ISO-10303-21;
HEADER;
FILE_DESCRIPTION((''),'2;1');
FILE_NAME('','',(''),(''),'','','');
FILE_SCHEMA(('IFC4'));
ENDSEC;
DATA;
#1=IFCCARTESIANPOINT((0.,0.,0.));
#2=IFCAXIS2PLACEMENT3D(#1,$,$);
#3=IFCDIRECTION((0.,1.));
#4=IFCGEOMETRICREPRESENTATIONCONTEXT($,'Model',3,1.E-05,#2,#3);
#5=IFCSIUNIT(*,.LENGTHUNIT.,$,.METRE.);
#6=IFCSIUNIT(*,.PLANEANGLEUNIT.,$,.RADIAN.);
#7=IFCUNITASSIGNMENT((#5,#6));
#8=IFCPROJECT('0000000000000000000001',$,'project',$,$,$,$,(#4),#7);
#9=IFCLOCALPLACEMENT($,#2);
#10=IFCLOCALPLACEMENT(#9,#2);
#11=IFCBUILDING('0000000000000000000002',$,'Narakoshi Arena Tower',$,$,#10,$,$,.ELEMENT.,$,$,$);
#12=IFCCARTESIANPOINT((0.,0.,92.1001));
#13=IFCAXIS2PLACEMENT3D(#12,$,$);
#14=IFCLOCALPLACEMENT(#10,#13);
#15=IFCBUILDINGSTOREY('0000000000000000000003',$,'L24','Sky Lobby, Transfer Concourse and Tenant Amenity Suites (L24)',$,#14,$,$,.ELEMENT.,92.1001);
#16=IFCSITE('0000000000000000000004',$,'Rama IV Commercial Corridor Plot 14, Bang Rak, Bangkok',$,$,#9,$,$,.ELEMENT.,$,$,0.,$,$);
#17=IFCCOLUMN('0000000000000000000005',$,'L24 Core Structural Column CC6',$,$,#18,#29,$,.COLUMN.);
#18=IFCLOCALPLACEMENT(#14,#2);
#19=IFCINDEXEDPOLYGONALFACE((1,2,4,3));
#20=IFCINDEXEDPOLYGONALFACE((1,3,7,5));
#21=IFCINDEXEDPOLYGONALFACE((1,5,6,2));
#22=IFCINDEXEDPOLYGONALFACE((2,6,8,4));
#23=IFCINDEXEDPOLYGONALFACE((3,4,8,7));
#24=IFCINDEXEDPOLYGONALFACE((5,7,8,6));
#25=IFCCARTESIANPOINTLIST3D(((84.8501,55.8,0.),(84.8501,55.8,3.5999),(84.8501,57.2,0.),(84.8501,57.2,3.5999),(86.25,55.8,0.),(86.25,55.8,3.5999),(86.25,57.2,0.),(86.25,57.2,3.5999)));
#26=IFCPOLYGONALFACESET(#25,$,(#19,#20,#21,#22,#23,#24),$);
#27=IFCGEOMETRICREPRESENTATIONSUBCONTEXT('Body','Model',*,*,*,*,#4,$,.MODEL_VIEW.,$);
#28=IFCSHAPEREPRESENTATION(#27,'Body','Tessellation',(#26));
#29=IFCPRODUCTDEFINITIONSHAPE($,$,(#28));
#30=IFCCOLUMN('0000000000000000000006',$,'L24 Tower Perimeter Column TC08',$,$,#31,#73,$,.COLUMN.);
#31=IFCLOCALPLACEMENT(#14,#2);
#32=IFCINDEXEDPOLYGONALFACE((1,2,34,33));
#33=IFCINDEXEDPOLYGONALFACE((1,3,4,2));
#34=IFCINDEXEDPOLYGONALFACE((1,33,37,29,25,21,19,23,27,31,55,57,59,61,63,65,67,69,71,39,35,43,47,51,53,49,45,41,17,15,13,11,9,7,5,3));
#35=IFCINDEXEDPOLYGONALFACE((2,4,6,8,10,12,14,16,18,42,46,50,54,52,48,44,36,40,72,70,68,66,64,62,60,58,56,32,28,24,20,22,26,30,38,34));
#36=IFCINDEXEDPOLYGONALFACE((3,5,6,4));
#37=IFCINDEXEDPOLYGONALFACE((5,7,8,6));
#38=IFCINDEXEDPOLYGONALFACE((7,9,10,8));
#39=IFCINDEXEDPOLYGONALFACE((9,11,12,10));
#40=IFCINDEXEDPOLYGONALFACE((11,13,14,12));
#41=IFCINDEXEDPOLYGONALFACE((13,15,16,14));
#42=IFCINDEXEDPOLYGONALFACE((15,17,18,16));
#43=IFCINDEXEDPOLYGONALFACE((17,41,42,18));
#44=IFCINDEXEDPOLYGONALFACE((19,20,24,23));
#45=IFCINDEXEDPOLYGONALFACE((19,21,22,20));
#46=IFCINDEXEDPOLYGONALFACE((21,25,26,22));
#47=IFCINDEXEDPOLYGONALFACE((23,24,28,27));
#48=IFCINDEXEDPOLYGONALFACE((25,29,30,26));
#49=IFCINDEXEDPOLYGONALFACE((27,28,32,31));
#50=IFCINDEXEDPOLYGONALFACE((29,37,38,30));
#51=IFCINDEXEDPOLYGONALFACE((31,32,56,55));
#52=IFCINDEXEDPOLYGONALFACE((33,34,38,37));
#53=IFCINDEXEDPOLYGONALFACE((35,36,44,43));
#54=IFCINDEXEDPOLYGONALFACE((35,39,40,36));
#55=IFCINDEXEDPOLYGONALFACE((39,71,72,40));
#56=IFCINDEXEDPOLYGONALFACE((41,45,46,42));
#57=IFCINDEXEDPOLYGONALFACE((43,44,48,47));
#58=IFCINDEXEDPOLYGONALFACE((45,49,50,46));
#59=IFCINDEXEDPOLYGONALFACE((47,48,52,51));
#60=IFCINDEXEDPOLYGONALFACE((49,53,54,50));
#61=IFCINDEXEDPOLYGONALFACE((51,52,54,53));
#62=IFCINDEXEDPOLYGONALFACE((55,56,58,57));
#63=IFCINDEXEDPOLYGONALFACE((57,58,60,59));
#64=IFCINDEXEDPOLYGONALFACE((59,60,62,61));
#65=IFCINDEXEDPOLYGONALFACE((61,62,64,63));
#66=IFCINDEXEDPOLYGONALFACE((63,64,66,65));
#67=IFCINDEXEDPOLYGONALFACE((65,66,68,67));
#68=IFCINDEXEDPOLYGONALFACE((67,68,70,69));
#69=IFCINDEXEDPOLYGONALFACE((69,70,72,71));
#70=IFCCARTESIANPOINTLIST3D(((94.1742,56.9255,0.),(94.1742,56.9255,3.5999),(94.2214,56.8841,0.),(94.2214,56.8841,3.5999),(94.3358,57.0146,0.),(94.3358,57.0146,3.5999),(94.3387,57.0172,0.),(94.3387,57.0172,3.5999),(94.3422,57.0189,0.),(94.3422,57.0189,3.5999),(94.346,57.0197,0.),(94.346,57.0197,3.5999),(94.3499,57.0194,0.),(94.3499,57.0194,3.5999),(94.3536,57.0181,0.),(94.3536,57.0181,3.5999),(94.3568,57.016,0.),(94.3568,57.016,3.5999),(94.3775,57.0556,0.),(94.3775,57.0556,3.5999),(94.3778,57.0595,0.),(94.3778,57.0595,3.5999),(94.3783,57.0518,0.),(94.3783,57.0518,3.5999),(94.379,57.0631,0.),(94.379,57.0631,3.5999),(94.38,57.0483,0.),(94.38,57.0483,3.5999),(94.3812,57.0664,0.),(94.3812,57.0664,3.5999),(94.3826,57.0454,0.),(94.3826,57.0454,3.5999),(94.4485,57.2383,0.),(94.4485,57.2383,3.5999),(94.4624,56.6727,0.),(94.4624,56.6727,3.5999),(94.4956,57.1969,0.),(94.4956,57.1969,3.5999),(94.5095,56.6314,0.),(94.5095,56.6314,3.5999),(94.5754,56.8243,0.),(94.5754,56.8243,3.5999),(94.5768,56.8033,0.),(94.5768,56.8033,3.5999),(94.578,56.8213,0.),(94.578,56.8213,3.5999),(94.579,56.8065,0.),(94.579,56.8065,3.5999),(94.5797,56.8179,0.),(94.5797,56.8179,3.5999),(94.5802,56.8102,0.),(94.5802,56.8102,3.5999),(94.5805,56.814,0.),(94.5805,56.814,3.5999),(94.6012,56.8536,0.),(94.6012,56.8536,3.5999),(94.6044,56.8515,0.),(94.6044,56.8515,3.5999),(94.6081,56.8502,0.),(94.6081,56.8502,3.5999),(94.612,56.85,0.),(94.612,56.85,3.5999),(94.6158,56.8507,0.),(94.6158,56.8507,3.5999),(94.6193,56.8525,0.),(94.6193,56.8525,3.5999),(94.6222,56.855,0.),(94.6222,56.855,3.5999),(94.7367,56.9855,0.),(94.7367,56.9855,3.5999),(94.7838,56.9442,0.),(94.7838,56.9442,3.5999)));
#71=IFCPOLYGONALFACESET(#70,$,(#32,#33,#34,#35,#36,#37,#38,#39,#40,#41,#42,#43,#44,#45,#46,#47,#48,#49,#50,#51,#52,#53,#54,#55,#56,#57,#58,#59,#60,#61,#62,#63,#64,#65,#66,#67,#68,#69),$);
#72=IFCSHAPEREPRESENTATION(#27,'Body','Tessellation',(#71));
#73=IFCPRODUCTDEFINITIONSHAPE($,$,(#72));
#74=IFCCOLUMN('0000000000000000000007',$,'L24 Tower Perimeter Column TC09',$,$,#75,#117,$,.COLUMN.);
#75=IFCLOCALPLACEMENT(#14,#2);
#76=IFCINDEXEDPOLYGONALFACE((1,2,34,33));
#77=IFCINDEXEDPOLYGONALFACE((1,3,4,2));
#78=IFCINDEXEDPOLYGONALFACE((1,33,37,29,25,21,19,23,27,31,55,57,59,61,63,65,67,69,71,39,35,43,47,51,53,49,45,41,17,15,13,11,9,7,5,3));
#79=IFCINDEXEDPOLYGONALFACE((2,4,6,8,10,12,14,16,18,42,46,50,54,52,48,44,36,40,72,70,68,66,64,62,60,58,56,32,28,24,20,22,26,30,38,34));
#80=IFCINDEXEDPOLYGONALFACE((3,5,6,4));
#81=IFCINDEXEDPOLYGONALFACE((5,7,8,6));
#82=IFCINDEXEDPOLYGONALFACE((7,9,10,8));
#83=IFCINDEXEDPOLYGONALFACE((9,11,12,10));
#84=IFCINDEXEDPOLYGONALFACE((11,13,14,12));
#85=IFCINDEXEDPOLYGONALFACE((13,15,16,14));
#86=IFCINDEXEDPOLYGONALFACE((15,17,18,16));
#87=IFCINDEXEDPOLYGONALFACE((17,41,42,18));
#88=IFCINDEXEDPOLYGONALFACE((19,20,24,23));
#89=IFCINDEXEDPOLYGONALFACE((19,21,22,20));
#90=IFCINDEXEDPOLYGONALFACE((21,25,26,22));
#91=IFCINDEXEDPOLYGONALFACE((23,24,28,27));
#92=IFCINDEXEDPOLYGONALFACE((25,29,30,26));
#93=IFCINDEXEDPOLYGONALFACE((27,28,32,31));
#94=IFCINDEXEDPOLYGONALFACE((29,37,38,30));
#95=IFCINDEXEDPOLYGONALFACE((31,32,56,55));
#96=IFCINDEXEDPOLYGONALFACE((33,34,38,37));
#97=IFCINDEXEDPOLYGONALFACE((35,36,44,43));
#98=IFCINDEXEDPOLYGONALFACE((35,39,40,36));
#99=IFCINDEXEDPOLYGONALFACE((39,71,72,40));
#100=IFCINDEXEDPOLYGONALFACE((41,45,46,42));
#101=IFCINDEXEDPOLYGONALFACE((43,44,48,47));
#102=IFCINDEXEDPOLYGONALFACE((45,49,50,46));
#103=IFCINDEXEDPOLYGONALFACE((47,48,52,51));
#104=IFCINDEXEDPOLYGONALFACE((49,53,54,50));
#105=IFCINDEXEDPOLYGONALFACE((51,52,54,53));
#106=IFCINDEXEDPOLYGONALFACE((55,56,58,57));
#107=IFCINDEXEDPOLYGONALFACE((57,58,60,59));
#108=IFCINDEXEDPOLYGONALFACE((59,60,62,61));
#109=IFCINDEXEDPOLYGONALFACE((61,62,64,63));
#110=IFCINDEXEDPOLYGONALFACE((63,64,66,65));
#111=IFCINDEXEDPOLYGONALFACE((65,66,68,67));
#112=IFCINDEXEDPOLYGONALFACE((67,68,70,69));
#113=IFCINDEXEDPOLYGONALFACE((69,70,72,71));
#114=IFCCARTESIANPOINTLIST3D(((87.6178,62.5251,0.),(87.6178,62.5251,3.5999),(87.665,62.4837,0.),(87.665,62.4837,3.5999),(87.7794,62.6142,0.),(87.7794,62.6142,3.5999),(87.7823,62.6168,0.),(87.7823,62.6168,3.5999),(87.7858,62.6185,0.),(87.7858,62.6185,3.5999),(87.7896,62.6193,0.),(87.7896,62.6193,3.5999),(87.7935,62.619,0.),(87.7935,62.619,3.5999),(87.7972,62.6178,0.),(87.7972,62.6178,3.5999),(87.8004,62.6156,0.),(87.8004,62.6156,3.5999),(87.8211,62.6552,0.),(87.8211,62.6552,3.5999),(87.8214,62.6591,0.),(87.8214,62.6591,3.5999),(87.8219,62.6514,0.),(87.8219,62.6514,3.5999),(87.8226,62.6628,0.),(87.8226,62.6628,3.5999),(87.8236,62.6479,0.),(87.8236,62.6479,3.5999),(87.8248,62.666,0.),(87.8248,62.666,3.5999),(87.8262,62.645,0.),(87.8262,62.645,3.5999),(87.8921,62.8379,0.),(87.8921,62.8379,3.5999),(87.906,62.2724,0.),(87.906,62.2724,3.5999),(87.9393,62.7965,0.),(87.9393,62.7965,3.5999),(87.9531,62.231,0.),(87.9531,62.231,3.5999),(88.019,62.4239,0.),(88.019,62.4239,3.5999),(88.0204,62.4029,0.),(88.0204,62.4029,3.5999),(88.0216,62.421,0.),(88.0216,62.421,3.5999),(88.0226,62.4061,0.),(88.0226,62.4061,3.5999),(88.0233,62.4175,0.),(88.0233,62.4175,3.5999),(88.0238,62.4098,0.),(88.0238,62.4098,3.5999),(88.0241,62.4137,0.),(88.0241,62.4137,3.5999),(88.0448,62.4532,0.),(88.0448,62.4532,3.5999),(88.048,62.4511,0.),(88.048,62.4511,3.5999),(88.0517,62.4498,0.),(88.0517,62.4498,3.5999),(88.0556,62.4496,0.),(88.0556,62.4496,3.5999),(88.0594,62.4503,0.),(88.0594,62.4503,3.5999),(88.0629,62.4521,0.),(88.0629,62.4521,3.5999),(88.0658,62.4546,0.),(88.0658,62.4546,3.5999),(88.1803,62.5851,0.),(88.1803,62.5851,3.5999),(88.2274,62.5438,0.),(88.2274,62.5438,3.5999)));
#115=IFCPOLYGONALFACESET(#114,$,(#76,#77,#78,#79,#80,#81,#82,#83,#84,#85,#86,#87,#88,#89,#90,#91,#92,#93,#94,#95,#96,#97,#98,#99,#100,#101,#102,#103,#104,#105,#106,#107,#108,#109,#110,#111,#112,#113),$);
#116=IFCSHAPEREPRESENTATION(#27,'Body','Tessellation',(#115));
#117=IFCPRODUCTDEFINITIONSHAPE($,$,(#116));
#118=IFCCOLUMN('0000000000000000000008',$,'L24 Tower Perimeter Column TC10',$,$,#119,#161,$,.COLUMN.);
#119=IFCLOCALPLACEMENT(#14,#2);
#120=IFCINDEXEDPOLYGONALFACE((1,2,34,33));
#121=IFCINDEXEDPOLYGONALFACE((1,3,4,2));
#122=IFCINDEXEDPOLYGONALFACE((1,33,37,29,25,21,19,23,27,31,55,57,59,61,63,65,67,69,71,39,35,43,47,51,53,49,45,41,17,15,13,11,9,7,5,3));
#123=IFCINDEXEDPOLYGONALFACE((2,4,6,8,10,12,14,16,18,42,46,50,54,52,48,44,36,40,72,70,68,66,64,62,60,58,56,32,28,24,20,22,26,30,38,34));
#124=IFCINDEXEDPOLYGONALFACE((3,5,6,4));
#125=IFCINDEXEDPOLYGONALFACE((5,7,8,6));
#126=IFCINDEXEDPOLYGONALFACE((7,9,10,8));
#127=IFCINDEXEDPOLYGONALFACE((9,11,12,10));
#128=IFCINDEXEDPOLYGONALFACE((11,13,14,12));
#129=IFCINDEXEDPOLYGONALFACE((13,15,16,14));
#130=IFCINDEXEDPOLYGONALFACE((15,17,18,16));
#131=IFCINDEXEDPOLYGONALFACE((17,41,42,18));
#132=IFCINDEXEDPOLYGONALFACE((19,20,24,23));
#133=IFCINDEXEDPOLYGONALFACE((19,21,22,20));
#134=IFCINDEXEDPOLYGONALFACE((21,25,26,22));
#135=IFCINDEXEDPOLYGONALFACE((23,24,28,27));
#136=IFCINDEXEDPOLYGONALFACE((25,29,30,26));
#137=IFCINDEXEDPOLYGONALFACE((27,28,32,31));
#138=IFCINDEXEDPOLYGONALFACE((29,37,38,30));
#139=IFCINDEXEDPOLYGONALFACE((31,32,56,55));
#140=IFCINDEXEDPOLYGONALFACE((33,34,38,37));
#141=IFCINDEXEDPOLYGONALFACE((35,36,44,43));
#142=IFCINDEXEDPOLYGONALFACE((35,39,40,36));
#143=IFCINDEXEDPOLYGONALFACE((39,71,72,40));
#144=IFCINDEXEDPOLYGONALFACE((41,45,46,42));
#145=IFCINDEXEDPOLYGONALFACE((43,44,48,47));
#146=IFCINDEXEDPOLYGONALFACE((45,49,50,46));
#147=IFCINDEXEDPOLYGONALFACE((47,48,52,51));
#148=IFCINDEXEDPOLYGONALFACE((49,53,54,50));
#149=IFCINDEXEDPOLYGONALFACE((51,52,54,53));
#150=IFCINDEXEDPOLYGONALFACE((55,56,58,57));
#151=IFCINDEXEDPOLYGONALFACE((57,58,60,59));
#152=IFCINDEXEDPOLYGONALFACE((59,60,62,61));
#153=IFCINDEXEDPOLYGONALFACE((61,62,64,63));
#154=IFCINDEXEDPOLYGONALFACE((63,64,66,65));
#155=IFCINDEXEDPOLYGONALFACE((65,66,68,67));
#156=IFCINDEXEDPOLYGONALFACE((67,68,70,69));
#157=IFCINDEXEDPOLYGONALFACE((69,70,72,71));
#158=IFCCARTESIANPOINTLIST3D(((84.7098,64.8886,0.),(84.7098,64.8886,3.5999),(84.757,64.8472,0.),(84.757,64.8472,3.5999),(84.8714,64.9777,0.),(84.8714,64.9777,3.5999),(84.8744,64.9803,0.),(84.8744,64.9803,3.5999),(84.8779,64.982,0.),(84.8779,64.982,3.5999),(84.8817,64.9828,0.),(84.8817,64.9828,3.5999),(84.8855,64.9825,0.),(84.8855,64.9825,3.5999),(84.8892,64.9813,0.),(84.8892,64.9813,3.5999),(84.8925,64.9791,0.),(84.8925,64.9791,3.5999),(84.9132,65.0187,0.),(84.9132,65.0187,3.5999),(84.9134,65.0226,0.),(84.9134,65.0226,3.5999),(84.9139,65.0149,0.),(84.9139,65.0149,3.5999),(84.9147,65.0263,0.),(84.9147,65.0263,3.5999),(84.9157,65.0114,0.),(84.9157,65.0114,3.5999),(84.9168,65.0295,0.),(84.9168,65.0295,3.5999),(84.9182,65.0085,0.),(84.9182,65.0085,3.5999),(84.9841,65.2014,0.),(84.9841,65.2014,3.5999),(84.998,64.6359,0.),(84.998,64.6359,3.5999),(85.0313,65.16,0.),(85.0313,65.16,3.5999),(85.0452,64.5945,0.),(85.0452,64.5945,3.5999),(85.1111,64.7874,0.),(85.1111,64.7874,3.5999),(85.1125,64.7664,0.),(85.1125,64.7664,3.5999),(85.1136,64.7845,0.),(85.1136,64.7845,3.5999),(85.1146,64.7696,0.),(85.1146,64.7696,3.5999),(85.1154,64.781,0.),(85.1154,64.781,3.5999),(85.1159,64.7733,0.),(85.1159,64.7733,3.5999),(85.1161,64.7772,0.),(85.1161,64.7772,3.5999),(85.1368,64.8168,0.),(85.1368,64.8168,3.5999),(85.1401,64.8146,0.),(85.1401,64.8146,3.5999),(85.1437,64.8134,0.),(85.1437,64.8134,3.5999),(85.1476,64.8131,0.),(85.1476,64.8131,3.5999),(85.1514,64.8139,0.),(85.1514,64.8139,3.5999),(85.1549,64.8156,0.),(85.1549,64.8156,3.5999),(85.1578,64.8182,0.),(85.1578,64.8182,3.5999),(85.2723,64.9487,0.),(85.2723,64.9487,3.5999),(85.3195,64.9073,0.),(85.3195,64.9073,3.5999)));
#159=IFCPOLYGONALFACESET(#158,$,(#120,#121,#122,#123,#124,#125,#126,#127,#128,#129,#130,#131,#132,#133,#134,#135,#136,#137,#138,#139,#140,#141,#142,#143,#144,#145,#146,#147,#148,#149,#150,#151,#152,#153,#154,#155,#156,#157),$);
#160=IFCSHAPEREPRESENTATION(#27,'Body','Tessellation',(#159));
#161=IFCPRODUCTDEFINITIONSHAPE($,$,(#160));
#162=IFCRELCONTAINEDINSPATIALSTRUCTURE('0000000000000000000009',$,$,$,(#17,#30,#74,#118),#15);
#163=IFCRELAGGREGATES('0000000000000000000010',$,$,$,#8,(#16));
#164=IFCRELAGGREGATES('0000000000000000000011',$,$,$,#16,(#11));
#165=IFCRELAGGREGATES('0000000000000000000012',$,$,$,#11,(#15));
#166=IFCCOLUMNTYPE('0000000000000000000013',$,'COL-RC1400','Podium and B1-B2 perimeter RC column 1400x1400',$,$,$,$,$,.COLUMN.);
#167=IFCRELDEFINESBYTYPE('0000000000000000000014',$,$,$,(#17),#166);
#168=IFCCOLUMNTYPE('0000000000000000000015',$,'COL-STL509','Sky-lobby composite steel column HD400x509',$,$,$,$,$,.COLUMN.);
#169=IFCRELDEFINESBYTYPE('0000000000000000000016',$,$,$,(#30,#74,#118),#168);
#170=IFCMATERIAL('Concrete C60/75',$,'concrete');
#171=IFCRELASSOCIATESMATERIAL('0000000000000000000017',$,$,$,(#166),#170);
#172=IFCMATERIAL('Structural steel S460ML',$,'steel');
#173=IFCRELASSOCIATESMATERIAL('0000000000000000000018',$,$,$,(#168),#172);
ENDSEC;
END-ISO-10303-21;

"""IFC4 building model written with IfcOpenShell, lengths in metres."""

from ifc_helpers import new_model, si_unit, direction, frame, origin, origin_2d, place, context, subcontext, project, spatial, rectangle, i_section, extrude, material, material_profile, profile_set, type_object, element, save


model = new_model("IFC4")

# Units and contexts
model_context = context("Model", 3, precision=1e-05, world=origin(), true_north=direction((0.0, 1.0)))
body_context = subcontext(model_context, "Body", "Model", "MODEL_VIEW")
ifc_project = project(units=[si_unit("LENGTHUNIT", "METRE"), si_unit("PLANEANGLEUNIT", "RADIAN")], contexts=[model_context])

# Site, building, storey
site_placement = place(None, origin())
site = spatial("IfcSite", under=ifc_project, at=site_placement, Name="Rama IV Commercial Corridor Plot 14, Bang Rak, Bangkok", CompositionType="ELEMENT", RefElevation=0.0)
building_placement = place(site_placement, origin())
building = spatial("IfcBuilding", under=site, at=building_placement, Name="Narakoshi Arena Tower", CompositionType="ELEMENT")
storey_placement = place(building_placement, frame((0.0, 0.0, 92.1001)))
storey = spatial("IfcBuildingStorey", under=building, at=storey_placement, Name="L24", Description="Sky Lobby, Transfer Concourse and Tenant Amenity Suites (L24)", CompositionType="ELEMENT", Elevation=92.1001)

# Columns
ifc_material_1 = material(Name="Concrete C60/75", Category="concrete")
ifc_material_profile_1 = material_profile(ifc_material_1, rectangle(XDim=1.3999, YDim=1.3999, at=origin_2d()), Name="RC1400x1400")
ifc_profile_set_1 = profile_set([ifc_material_profile_1], Name="Concrete C60/75")
column_type_1 = type_object("IfcColumnType", Name="COL-RC1400", Description="Podium and B1-B2 perimeter RC column 1400x1400", PredefinedType="COLUMN", material=ifc_profile_set_1)
column_placement = place(storey_placement, frame((85.55, 56.5, 0.0), z_axis=(0.0, 0.0, 1.0), x_axis=(1.0, 0.0, 0.0)))
element("IfcColumn", 1, at=column_placement, inside=storey, type_object=column_type_1, Name="L24 Core Structural Column CC6", PredefinedType="COLUMN", context=body_context, shape_type="SweptSolid", body=[
    extrude(rectangle(XDim=1.3999, YDim=1.3999, at=origin_2d()), origin(), (0.0, 0.0, 1.0), 3.5999),
])
ifc_material_2 = material(Name="Structural steel S460ML", Category="steel")
ifc_material_profile_2 = material_profile(ifc_material_2, i_section(OverallWidth=0.416, OverallDepth=0.446, WebThickness=0.0391, FlangeThickness=0.0627, FilletRadius=0.0149, at=origin_2d()), Name="HD400x509")
ifc_profile_set_2 = profile_set([ifc_material_profile_2], Name="Structural steel S460ML")
column_type_2 = type_object("IfcColumnType", Name="COL-STL509", Description="Sky-lobby composite steel column HD400x509", PredefinedType="COLUMN", material=ifc_profile_set_2)
for number, where, z_axis, x_axis, name in (
    (2, (94.479, 56.9348, 0.0), (0.0, 0.0, 1.0), (0.659346, 0.75184, 0.0), "L24 Tower Perimeter Column TC08"),
    (3, (87.9226, 62.5344, 0.0), (0.0, 0.0, 1.0), (0.659346, 0.75184, 0.0), "L24 Tower Perimeter Column TC09"),
    (4, (85.0146, 64.8979, 0.0), (0.0, 0.0, 1.0), (0.659346, 0.75184, 0.0), "L24 Tower Perimeter Column TC10"),
):
    element("IfcColumn", number, at=place(storey_placement, frame(where, z_axis=z_axis, x_axis=x_axis)), inside=storey, type_object=column_type_2, Name=name, PredefinedType="COLUMN", context=body_context, shape_type="SweptSolid", body=[
        extrude(i_section(OverallWidth=0.416, OverallDepth=0.446, WebThickness=0.0391, FlangeThickness=0.0627, FilletRadius=0.0149, at=origin_2d()), origin(), (0.0, 0.0, 1.0), 3.5999),
    ])

save(model, "model.ifc")
